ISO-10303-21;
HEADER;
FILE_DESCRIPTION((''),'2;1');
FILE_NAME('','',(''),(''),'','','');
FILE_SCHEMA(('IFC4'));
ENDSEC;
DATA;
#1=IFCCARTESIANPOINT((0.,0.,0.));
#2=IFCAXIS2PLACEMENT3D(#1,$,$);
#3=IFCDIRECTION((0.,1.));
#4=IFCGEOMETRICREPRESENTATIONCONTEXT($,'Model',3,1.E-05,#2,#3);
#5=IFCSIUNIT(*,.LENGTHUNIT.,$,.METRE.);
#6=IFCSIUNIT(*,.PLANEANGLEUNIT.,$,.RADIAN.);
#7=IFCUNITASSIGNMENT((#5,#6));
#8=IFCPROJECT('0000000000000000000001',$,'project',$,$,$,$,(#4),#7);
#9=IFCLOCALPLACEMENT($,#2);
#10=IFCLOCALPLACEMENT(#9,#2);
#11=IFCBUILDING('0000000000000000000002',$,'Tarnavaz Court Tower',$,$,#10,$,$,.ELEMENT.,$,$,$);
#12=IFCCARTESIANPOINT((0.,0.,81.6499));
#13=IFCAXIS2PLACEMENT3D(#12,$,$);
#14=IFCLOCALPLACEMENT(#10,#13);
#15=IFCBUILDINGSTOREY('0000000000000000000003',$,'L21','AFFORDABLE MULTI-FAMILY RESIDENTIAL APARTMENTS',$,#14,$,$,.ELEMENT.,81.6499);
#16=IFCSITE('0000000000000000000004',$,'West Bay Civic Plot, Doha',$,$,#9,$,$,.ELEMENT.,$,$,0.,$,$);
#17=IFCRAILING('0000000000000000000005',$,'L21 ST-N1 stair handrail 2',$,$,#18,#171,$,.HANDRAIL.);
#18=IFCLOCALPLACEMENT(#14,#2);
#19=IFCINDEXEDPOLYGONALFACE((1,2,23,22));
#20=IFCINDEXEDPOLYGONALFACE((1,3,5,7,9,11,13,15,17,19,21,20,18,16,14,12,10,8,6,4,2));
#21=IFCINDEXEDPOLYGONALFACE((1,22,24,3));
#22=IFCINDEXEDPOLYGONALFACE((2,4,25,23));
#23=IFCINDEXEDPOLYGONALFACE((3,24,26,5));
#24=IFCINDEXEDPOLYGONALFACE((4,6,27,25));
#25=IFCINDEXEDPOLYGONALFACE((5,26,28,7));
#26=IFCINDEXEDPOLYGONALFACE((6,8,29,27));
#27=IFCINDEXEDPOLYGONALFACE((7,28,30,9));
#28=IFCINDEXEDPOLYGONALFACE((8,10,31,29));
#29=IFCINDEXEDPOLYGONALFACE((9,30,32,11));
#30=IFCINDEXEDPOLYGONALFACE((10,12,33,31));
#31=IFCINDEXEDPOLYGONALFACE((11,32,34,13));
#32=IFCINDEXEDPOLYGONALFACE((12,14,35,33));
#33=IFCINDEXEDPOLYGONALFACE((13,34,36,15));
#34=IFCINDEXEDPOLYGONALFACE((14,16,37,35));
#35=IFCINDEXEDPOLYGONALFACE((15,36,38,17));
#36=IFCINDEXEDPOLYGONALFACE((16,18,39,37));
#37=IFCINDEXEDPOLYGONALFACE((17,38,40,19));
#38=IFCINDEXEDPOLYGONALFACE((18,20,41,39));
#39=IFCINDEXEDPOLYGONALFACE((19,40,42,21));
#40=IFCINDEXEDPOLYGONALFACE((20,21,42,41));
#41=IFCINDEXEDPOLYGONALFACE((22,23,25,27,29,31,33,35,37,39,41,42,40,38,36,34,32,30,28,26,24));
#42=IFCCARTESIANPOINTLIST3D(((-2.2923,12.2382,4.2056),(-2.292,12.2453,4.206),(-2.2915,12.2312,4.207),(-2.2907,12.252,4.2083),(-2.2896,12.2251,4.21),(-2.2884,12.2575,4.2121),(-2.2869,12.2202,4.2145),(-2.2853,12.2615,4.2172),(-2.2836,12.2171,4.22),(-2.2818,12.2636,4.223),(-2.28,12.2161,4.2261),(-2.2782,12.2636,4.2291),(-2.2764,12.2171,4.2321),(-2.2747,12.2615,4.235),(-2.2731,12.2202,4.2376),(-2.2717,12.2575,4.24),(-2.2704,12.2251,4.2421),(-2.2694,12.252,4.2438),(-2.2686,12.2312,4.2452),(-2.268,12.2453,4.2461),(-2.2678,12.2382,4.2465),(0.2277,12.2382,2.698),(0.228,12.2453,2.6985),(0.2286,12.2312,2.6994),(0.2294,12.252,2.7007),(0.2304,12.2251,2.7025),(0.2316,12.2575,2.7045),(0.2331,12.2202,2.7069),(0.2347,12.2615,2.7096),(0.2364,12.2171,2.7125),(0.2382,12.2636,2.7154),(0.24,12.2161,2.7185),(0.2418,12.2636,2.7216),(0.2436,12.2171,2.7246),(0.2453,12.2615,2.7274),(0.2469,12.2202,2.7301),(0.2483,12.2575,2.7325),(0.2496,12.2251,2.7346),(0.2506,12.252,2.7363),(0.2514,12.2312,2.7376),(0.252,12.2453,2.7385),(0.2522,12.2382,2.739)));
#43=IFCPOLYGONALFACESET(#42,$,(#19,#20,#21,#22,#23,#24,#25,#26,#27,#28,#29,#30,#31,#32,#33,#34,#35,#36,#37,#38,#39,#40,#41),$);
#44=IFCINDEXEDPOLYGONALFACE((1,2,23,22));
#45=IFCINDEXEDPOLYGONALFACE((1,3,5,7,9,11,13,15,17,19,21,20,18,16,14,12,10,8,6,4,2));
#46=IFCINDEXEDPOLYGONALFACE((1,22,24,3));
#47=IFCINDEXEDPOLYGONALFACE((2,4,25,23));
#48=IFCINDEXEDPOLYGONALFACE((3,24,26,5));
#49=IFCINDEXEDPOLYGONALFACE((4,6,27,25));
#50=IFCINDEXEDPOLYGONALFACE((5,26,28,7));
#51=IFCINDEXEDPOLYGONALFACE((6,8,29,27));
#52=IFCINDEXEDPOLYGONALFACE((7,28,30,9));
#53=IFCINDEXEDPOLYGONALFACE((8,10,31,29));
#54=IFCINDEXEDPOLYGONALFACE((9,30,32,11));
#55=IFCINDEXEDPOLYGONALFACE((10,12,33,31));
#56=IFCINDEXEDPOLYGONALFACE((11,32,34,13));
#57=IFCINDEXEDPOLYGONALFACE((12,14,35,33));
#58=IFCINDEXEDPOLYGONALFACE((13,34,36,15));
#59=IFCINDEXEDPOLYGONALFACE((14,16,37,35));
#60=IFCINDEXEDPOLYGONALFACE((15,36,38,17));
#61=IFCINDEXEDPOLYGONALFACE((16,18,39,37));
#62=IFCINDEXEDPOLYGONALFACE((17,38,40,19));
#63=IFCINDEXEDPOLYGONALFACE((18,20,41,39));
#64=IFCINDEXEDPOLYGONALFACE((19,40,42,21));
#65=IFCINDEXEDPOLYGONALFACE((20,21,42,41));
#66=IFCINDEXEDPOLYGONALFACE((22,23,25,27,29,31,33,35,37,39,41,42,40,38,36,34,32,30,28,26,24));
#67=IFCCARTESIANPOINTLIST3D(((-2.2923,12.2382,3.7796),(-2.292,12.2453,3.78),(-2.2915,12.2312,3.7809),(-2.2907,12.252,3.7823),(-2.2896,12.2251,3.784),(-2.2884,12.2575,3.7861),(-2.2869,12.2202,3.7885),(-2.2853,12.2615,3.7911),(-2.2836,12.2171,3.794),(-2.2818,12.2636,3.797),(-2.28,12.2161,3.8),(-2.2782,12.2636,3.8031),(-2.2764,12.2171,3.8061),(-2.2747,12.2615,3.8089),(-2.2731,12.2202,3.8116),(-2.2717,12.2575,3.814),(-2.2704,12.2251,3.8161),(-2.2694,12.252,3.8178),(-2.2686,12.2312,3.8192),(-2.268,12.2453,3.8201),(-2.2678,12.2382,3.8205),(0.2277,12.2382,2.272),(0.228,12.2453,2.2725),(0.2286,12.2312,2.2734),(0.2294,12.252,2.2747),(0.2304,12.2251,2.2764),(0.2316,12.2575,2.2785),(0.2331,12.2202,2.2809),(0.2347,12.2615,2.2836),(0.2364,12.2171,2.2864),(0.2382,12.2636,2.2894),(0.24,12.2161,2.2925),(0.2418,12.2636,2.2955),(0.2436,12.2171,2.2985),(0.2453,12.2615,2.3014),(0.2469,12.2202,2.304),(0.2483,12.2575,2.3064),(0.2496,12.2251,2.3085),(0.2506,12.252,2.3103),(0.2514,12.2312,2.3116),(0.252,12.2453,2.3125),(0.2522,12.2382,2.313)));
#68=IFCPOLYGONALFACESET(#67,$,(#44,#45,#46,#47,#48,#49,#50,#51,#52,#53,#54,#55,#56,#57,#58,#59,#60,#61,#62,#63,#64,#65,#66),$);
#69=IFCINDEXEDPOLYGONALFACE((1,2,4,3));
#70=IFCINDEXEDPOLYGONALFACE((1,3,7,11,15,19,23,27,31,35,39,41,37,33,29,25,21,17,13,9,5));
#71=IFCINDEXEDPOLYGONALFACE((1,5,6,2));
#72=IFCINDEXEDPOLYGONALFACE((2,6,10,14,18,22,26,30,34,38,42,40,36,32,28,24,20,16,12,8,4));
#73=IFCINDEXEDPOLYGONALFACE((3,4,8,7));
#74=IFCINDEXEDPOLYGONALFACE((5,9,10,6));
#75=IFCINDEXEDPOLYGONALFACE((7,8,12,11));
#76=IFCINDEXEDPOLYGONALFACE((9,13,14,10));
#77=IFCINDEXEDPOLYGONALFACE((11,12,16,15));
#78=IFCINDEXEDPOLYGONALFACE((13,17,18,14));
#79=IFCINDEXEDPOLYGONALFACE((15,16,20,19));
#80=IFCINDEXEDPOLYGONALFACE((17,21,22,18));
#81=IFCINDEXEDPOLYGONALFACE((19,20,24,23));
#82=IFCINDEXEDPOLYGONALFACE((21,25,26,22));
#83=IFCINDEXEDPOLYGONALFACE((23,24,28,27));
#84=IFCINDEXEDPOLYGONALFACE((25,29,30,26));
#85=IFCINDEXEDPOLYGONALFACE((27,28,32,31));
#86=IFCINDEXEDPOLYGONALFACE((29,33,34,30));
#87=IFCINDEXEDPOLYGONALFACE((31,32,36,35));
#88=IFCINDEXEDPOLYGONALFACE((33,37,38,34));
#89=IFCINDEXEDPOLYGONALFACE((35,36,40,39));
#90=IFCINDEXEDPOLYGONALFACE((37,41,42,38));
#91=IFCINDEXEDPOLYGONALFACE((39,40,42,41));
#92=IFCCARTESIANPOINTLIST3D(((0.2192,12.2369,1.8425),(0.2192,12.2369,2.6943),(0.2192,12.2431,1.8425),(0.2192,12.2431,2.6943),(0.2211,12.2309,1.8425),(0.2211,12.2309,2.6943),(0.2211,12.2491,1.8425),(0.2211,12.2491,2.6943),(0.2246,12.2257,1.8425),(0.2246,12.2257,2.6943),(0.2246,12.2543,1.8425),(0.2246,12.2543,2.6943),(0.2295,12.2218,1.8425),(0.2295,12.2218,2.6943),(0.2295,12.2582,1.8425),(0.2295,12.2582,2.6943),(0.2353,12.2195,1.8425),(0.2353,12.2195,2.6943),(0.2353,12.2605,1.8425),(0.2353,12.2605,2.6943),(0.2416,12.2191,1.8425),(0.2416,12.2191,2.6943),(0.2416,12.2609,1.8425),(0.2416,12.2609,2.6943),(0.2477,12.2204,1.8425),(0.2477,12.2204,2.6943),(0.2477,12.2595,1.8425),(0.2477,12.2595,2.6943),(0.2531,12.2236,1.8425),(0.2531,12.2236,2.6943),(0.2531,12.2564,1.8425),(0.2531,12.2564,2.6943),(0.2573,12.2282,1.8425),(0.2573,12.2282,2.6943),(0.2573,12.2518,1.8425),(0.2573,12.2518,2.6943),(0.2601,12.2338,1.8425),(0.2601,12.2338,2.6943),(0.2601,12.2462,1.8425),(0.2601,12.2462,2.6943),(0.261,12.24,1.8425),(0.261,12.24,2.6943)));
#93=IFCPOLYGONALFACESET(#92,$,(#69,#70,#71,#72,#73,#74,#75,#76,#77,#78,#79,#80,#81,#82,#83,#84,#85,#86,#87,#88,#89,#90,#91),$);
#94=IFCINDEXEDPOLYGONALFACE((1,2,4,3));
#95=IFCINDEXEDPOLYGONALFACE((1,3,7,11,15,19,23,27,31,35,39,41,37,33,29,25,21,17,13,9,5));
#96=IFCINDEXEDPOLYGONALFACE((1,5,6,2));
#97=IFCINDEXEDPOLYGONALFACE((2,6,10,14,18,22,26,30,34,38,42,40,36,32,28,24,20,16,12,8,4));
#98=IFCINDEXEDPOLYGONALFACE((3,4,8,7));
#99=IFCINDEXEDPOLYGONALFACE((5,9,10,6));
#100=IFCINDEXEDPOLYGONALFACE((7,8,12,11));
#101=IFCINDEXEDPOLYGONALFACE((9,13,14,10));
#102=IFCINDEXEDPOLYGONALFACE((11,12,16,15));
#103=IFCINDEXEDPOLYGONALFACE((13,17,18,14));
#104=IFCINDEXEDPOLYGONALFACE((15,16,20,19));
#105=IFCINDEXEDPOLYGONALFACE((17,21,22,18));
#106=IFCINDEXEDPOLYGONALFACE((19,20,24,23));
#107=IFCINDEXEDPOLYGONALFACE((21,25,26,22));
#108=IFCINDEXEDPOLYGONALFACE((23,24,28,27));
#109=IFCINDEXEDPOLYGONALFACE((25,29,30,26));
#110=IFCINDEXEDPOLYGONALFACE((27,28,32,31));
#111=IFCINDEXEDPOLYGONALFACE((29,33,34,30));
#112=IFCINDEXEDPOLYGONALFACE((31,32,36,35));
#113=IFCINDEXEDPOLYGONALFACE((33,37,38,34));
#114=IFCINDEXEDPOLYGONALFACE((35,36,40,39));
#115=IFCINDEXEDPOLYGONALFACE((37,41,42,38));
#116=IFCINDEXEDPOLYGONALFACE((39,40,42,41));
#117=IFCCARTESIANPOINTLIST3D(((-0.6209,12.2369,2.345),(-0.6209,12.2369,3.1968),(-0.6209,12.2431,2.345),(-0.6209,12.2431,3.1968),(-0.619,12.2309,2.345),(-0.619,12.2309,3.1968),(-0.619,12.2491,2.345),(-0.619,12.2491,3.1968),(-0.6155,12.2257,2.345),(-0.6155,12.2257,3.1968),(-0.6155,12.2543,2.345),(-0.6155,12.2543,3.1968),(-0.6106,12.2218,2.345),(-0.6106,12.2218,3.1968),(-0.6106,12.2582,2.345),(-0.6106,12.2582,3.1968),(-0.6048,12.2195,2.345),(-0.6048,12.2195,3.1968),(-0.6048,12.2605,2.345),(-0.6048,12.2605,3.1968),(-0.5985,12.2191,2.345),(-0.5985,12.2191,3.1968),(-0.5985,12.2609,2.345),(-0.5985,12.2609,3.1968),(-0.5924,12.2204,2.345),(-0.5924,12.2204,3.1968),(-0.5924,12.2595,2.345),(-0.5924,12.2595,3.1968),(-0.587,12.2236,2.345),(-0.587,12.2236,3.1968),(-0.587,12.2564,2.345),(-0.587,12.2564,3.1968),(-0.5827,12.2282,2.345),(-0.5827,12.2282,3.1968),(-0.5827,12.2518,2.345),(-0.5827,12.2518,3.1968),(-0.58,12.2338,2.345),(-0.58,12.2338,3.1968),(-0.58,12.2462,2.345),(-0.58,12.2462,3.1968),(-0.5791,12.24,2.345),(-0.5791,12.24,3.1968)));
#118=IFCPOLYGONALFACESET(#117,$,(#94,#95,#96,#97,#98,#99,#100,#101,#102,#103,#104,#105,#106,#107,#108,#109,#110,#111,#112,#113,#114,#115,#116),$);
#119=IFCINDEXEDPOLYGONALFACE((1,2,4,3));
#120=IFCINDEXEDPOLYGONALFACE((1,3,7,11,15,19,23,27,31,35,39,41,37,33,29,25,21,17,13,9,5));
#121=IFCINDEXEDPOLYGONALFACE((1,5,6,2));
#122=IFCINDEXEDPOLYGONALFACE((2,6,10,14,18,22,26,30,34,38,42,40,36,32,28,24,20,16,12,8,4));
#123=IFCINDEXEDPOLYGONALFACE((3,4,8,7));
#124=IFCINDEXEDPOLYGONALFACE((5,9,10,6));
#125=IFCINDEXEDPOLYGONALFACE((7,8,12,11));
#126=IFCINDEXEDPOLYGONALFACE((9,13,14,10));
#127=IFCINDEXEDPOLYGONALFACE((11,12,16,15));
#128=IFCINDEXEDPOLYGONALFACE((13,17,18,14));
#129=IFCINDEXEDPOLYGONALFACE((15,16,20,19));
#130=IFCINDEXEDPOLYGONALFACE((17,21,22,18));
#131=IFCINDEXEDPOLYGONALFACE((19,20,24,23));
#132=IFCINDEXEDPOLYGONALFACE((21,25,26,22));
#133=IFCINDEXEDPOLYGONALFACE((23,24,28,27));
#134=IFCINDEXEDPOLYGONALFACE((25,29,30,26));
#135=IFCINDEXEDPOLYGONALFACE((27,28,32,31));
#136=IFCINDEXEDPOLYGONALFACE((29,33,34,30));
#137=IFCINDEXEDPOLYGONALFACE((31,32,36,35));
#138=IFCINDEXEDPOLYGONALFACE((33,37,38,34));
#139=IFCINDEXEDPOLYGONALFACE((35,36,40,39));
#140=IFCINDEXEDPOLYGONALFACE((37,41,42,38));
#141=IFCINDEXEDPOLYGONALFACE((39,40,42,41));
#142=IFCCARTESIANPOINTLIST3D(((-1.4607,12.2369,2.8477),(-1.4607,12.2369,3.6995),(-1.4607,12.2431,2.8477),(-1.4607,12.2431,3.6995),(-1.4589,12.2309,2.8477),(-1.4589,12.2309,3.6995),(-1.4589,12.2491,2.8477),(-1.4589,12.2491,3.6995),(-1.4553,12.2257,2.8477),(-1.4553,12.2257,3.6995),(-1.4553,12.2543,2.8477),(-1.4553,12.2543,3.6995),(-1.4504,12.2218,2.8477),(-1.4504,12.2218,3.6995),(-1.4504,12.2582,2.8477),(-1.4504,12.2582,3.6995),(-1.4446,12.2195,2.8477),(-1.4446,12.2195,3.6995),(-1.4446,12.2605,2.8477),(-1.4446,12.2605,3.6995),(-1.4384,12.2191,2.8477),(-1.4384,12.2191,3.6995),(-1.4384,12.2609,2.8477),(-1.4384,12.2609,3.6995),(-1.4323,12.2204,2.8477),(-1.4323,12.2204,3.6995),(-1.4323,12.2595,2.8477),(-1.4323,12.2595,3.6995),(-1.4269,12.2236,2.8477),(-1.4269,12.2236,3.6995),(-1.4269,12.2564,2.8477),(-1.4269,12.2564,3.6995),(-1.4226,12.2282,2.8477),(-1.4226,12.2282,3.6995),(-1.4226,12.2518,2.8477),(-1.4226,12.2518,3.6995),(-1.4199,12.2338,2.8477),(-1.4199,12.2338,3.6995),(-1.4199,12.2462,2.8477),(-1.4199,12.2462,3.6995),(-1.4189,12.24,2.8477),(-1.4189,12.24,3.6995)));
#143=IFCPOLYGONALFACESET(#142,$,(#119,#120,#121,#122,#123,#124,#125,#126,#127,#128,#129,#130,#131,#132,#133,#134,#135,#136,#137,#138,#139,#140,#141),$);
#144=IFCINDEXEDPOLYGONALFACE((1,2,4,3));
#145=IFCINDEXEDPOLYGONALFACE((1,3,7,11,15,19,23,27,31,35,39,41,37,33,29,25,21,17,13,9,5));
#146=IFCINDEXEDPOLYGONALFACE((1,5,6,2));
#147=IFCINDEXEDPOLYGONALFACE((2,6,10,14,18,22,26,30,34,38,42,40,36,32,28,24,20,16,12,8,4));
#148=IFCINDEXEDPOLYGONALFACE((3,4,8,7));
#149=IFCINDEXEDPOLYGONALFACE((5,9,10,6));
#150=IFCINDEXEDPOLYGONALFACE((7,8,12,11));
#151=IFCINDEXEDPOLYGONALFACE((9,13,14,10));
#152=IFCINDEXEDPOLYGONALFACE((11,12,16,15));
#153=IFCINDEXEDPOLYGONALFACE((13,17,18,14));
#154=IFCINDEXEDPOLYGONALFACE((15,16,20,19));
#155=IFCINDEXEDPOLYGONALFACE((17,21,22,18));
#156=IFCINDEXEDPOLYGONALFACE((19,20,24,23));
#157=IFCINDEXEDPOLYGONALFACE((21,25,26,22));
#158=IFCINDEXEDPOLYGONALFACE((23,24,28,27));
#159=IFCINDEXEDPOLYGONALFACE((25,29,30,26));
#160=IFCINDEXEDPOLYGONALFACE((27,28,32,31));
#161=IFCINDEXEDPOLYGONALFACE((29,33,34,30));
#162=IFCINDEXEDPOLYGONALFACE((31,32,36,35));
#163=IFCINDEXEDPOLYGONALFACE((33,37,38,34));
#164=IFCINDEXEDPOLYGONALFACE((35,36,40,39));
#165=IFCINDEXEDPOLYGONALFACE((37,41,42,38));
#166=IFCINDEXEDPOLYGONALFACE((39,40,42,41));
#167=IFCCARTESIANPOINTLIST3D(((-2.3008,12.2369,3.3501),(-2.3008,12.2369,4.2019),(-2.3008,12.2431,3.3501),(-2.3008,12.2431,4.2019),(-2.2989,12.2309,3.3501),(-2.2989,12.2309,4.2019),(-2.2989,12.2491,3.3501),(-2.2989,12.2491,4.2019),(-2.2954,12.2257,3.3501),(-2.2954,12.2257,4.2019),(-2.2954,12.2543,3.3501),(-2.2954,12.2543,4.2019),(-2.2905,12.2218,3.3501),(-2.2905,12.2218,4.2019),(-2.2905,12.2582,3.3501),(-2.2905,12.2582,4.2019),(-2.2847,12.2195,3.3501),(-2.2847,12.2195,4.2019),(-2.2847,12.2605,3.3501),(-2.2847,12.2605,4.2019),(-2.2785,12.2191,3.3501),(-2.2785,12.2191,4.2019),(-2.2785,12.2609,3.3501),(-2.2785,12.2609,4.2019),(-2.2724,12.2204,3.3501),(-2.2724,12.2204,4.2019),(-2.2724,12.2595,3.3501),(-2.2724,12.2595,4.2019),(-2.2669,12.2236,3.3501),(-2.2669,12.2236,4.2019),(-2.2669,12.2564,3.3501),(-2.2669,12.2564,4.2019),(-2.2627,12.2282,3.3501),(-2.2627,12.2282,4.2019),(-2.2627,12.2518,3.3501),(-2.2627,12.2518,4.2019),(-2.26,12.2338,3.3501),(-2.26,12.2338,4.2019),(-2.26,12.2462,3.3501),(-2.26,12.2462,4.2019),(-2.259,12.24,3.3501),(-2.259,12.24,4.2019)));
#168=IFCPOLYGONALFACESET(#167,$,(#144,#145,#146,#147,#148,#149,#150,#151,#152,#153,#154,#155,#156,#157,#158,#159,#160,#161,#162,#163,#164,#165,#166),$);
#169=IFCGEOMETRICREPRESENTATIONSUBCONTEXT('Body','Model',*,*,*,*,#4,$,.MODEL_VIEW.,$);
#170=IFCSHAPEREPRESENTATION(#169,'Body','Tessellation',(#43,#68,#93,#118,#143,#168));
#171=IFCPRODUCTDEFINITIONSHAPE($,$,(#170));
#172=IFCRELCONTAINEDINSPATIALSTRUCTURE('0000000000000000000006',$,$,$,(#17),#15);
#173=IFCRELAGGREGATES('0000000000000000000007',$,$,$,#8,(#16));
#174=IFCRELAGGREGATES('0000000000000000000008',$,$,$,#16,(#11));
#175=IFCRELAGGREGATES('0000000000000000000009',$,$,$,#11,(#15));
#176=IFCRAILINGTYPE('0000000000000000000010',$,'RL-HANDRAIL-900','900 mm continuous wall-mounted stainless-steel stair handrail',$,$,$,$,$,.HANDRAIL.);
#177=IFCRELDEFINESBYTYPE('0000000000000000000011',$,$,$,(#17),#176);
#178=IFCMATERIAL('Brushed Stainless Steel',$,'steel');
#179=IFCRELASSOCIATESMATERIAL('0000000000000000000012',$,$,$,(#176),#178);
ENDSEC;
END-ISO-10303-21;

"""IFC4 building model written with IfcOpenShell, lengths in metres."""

from ifc_helpers import new_model, si_unit, direction, frame, origin, origin_2d, place, context, subcontext, project, spatial, circle, extrude, material, type_object, element, save


model = new_model("IFC4")

# Units and contexts
model_context = context("Model", 3, precision=1e-05, world=origin(), true_north=direction((0.0, 1.0)))
body_context = subcontext(model_context, "Body", "Model", "MODEL_VIEW")
ifc_project = project(units=[si_unit("LENGTHUNIT", "METRE"), si_unit("PLANEANGLEUNIT", "RADIAN")], contexts=[model_context])

# Site, building, storey
site_placement = place(None, origin())
site = spatial("IfcSite", under=ifc_project, at=site_placement, Name="West Bay Civic Plot, Doha", CompositionType="ELEMENT", RefElevation=0.0)
building_placement = place(site_placement, origin())
building = spatial("IfcBuilding", under=site, at=building_placement, Name="Tarnavaz Court Tower", CompositionType="ELEMENT")
storey_placement = place(building_placement, frame((0.0, 0.0, 81.6499)))
storey = spatial("IfcBuildingStorey", under=building, at=storey_placement, Name="L21", Description="AFFORDABLE MULTI-FAMILY RESIDENTIAL APARTMENTS", CompositionType="ELEMENT", Elevation=81.6499)

# Railing
ifc_material_1 = material(Name="Brushed Stainless Steel", Category="steel")
railing_type_1 = type_object("IfcRailingType", Name="RL-HANDRAIL-900", Description="900 mm continuous wall-mounted stainless-steel stair handrail", PredefinedType="HANDRAIL", material=ifc_material_1)
railing_1_placement = place(storey_placement, frame((0.24, 12.24, 1.8425)))
element("IfcRailing", 1, at=railing_1_placement, inside=storey, type_object=railing_type_1, Name="L21 ST-N1 stair handrail 2", PredefinedType="HANDRAIL", context=body_context, shape_type="SweptSolid", body=[
    extrude(circle(Radius=0.0239, at=origin_2d()), frame((0.0, 0.0, 0.876), z_axis=(-0.85816, 0.0, 0.513383), x_axis=(0.0, -1.0, 0.0)), (0.0, 0.0, 1.0), 2.9365),
    extrude(circle(Radius=0.0239, at=origin_2d()), frame((0.0, 0.0, 0.45), z_axis=(-0.85816, 0.0, 0.513383), x_axis=(0.0, -1.0, 0.0)), (0.0, 0.0, 1.0), 2.9365),
    extrude(circle(Radius=0.021, at=origin_2d()), origin(), (0.0, 0.0, 1.0), 0.8518),
    extrude(circle(Radius=0.021, at=origin_2d()), frame((-0.8401, 0.0, 0.5024)), (0.0, 0.0, 1.0), 0.8518),
    extrude(circle(Radius=0.021, at=origin_2d()), frame((-1.6799, 0.0, 1.0051)), (0.0, 0.0, 1.0), 0.8518),
    extrude(circle(Radius=0.021, at=origin_2d()), frame((-2.52, 0.0, 1.5076)), (0.0, 0.0, 1.0), 0.8518),
])

save(model, "model.ifc")
